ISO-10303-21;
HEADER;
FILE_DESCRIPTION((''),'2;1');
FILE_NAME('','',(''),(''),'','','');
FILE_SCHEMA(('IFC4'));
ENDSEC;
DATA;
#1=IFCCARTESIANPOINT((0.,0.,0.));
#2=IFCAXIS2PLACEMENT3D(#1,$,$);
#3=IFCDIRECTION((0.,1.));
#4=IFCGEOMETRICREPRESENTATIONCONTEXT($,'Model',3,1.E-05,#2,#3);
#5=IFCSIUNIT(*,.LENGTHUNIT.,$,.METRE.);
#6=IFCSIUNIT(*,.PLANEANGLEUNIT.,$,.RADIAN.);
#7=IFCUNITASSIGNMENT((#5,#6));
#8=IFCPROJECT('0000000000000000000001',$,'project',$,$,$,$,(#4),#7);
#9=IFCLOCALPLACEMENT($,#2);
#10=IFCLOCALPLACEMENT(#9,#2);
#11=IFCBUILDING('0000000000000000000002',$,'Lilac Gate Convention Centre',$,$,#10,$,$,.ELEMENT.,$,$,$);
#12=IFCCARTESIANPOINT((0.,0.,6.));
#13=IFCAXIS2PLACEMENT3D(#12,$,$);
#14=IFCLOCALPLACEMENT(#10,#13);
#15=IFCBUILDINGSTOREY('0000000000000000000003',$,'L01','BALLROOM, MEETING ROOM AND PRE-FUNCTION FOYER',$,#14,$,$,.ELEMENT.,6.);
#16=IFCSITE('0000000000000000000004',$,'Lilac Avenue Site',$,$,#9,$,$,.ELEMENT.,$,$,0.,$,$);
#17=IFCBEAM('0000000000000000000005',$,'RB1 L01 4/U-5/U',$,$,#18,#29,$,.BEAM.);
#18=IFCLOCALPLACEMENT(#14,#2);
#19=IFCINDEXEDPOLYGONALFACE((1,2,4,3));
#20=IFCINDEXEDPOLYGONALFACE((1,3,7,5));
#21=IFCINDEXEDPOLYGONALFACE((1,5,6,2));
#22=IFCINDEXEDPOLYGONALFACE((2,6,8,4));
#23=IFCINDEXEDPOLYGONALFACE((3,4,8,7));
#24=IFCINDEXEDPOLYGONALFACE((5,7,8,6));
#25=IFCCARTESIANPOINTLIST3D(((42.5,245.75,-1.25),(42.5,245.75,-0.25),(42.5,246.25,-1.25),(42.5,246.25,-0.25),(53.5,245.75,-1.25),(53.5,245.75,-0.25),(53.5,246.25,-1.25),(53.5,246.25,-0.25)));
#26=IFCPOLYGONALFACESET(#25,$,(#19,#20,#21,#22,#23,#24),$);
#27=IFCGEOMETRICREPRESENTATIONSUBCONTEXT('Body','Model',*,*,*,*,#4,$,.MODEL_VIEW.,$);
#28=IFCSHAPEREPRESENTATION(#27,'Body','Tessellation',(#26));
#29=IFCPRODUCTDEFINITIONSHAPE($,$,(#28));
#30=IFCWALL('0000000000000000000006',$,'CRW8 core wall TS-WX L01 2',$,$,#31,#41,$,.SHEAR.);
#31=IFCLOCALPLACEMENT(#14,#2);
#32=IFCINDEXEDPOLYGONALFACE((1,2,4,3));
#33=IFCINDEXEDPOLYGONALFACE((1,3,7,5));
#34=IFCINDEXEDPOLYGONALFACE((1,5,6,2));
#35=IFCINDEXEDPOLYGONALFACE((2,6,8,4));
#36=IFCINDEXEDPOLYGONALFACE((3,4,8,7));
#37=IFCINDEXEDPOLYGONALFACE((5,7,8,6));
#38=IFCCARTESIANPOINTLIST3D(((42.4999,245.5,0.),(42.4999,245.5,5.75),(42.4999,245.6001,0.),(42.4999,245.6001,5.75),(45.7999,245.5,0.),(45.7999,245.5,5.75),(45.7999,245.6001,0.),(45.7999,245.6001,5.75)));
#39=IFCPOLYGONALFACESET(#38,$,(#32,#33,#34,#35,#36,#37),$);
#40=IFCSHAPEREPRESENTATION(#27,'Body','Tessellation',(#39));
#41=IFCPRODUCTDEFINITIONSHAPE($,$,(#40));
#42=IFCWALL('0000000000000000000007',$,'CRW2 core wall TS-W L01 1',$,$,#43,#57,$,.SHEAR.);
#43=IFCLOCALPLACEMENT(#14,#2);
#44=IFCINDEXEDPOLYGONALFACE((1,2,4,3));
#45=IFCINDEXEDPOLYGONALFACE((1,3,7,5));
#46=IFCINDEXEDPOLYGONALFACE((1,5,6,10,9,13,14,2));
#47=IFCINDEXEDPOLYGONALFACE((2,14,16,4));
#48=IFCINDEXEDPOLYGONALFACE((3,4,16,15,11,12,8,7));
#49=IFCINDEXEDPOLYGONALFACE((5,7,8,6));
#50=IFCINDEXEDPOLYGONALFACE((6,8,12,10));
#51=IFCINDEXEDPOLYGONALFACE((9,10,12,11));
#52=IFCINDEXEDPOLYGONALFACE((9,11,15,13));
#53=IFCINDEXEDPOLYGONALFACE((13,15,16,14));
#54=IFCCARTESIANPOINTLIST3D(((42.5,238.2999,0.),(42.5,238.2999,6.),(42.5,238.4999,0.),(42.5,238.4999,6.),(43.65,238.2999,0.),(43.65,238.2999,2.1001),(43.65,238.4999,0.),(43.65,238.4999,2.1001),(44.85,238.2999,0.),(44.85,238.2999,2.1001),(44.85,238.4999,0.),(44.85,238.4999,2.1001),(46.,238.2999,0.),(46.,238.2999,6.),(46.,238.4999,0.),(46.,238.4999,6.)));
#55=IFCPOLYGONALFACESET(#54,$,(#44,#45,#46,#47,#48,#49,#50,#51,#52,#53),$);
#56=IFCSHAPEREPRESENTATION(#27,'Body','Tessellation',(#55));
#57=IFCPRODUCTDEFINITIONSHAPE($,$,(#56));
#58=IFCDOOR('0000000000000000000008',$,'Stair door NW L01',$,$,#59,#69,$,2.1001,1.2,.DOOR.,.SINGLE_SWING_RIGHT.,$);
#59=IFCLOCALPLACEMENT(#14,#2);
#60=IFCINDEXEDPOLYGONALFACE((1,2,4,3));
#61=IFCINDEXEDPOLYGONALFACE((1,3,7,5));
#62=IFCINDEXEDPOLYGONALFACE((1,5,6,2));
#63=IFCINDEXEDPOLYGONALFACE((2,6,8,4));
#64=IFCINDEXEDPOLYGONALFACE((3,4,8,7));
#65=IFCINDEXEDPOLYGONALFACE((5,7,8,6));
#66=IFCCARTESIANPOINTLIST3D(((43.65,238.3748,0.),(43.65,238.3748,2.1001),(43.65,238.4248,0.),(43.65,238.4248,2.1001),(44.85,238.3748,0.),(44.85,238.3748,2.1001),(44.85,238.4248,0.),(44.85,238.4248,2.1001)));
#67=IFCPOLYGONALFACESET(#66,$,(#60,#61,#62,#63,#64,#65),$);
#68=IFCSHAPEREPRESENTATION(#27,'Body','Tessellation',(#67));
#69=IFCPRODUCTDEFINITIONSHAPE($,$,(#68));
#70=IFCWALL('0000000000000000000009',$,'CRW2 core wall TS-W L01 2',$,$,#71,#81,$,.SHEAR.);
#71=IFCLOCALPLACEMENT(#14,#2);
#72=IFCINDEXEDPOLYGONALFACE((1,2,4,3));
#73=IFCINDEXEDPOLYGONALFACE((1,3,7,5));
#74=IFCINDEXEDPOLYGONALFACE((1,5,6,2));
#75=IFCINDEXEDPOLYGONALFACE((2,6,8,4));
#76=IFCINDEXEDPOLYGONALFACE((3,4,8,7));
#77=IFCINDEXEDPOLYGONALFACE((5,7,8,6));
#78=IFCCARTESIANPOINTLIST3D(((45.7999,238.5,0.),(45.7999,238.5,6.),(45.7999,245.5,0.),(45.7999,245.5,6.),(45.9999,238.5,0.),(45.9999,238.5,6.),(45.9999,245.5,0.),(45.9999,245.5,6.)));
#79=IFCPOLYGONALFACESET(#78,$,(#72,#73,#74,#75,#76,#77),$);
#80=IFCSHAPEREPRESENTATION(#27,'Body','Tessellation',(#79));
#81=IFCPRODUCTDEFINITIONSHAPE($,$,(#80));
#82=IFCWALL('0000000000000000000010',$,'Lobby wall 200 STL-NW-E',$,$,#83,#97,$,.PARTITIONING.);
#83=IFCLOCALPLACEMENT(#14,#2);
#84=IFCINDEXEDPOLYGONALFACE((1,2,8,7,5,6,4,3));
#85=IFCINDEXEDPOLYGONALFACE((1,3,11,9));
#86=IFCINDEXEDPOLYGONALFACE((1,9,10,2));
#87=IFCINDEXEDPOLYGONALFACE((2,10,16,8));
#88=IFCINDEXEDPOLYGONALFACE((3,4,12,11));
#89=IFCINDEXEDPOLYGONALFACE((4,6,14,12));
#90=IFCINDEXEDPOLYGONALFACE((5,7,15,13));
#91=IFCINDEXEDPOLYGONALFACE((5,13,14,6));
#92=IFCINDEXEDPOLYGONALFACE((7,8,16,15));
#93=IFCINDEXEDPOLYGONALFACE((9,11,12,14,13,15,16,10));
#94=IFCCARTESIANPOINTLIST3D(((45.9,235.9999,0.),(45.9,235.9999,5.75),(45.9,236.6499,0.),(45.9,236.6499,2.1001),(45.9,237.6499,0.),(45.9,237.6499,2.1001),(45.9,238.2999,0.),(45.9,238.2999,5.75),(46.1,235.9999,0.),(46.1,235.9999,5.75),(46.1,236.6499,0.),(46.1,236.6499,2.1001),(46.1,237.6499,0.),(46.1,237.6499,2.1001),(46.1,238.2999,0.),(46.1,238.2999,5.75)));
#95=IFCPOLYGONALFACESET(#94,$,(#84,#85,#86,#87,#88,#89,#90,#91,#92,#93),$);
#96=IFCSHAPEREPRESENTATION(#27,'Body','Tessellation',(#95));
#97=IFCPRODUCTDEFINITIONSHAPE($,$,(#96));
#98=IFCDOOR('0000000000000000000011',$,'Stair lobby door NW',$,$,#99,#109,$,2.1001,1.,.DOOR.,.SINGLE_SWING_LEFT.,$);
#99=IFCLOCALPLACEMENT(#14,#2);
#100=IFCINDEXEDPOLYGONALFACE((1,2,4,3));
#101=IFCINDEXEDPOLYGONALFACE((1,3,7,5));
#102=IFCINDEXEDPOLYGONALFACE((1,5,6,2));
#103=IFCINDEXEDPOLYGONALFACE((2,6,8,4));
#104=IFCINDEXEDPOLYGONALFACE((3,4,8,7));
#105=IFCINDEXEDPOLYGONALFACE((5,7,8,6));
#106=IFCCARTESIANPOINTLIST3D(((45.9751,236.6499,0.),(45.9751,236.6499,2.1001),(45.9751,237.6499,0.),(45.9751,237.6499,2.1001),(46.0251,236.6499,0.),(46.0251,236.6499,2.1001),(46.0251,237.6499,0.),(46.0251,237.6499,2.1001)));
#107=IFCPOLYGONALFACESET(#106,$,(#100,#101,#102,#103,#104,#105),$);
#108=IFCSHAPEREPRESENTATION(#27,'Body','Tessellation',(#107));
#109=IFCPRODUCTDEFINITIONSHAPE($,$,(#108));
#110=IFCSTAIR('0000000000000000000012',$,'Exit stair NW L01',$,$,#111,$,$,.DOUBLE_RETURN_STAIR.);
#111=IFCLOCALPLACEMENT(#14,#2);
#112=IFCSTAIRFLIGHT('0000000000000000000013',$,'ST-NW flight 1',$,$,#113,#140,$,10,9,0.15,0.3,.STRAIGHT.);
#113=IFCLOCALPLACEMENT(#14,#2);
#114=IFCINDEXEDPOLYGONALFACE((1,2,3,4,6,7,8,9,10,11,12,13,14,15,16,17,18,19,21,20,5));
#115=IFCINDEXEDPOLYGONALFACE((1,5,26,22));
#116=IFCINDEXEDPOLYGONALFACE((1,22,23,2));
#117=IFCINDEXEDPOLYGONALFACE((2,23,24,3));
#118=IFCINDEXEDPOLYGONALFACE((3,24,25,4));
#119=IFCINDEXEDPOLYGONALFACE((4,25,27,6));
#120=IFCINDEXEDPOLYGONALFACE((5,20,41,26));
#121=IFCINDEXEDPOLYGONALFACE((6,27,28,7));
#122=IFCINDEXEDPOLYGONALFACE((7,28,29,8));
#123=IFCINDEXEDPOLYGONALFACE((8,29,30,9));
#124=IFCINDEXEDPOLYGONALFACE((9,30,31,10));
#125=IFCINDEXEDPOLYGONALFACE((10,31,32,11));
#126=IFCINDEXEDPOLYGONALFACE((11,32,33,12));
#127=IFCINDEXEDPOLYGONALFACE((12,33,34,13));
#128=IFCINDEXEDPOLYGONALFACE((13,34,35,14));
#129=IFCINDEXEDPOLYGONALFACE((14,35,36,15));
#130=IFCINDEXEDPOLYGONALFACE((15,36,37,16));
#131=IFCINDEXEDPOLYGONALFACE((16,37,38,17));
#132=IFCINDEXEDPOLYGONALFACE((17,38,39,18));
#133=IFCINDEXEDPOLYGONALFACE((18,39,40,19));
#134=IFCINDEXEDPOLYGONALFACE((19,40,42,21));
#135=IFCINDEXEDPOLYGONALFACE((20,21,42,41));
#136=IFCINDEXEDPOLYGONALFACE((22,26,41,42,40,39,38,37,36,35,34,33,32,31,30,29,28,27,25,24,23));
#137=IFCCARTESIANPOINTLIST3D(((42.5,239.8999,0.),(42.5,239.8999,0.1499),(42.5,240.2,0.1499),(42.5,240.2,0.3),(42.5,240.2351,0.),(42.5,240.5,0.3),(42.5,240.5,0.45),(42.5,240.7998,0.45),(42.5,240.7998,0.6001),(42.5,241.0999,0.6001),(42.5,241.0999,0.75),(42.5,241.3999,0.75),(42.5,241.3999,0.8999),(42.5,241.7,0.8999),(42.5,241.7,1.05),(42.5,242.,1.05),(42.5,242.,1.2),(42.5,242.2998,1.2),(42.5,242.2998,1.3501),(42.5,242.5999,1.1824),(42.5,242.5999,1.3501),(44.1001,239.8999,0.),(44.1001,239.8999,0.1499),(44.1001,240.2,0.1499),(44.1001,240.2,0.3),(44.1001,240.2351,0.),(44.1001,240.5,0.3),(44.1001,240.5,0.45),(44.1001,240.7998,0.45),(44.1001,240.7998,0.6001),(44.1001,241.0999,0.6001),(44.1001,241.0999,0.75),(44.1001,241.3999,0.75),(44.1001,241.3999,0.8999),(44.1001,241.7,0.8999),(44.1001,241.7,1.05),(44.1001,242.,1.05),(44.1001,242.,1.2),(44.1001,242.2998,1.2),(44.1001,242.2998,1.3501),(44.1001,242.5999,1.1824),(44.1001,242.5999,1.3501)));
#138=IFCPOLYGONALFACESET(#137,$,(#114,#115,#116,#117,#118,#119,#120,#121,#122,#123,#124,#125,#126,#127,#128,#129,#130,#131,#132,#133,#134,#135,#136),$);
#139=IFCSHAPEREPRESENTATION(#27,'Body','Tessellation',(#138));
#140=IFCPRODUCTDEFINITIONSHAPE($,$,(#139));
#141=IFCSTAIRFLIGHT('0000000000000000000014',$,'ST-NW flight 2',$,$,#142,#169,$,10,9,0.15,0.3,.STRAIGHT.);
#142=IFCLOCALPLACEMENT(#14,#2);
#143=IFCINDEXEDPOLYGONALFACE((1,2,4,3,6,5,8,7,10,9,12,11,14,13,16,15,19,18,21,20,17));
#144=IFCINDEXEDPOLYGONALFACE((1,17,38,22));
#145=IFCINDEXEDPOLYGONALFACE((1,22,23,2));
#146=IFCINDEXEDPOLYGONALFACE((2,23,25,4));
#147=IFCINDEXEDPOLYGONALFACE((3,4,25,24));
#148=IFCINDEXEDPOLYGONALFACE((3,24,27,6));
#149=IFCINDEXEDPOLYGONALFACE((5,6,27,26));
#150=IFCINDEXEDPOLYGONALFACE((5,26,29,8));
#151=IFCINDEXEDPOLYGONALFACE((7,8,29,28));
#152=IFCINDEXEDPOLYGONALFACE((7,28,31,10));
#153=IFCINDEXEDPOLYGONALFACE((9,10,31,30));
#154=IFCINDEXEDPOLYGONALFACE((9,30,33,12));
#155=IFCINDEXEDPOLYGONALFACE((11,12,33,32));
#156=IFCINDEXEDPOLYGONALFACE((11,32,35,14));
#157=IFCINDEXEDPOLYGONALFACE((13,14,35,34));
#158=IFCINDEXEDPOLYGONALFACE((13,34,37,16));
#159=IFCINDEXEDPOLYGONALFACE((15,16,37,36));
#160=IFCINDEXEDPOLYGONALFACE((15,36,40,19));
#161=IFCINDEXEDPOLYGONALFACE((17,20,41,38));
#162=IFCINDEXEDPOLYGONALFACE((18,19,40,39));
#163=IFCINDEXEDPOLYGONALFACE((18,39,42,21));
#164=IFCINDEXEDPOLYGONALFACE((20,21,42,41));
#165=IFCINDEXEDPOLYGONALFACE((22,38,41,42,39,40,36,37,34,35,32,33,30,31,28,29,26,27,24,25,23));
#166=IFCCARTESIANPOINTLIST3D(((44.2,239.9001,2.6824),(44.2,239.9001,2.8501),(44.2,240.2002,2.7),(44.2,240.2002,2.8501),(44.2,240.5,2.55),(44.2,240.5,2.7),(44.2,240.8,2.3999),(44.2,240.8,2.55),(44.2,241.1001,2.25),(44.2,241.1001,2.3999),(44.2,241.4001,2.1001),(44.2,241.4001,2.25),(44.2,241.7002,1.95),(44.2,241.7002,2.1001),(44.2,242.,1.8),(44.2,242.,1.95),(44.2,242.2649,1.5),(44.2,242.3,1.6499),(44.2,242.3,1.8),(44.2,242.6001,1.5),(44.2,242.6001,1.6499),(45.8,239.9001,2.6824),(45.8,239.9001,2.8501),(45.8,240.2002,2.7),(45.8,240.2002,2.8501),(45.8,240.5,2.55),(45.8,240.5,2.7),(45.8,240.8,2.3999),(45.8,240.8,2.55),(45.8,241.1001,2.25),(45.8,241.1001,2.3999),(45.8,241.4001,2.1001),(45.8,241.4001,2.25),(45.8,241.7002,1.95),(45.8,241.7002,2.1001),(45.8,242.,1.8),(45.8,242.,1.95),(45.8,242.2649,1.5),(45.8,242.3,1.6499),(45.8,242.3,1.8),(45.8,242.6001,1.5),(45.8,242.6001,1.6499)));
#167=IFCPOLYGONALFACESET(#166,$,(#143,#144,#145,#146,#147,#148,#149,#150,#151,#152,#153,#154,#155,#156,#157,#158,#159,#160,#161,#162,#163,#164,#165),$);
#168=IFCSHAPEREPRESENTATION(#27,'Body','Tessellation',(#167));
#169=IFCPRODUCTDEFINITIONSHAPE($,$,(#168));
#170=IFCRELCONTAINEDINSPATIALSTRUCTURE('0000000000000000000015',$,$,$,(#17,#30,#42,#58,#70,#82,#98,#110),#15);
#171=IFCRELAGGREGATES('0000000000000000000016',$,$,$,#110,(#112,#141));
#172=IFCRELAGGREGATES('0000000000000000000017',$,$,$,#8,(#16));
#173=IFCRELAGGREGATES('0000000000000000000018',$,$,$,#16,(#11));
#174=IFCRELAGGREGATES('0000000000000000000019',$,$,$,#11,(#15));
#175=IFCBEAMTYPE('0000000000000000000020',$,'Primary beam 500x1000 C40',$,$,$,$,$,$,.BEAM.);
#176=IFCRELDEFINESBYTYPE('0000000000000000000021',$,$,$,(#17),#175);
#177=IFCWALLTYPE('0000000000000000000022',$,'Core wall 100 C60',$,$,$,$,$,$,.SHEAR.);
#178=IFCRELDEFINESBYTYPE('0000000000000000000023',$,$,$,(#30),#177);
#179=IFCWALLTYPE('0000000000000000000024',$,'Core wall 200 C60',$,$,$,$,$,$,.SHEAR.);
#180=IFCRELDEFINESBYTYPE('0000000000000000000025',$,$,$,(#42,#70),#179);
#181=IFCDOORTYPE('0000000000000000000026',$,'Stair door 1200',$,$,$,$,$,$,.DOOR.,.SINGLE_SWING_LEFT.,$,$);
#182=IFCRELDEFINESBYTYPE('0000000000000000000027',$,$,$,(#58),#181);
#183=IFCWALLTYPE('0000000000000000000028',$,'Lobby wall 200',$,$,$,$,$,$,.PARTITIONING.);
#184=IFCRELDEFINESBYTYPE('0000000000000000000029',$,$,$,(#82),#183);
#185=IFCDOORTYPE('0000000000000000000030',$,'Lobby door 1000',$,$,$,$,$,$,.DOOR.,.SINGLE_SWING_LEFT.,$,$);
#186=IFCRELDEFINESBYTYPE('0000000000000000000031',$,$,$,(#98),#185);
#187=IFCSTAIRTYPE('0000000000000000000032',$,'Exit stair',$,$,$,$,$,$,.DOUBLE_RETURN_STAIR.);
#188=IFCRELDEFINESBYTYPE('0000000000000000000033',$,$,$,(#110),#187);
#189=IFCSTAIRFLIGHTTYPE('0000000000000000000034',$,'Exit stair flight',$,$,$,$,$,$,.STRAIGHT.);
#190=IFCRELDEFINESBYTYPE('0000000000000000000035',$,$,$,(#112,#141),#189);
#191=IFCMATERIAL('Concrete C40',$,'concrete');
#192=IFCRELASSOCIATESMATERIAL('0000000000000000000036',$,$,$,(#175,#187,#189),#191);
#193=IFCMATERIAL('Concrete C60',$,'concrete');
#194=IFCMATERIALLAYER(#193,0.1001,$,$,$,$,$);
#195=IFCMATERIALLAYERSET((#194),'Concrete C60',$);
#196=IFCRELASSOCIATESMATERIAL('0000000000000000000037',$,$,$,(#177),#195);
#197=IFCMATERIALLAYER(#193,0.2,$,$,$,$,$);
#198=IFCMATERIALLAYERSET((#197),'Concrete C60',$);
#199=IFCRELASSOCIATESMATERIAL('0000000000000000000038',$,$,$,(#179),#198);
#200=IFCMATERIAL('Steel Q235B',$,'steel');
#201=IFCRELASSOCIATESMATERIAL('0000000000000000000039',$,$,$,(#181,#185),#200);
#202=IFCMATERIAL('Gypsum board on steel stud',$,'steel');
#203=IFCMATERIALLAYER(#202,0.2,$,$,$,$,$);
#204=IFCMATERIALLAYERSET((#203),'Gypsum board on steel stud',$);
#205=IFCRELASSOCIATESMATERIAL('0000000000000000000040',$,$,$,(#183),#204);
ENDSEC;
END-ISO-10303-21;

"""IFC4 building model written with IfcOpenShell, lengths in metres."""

from ifc_helpers import new_model, si_unit, direction, frame, frame_2d, origin, origin_2d, place, context, subcontext, project, spatial, polyline, rectangle, outline, extrude, material, layer, layer_set, material_profile, profile_set, type_object, element, fill, aggregate, save


model = new_model("IFC4")

# Units and contexts
model_context = context("Model", 3, precision=1e-05, world=origin(), true_north=direction((0.0, 1.0)))
body_context = subcontext(model_context, "Body", "Model", "MODEL_VIEW")
ifc_project = project(units=[si_unit("LENGTHUNIT", "METRE"), si_unit("PLANEANGLEUNIT", "RADIAN")], contexts=[model_context])

# Site, building, storey
site_placement = place(None, origin())
site = spatial("IfcSite", under=ifc_project, at=site_placement, Name="Lilac Avenue Site", CompositionType="ELEMENT", RefElevation=0.0)
building_placement = place(site_placement, origin())
building = spatial("IfcBuilding", under=site, at=building_placement, Name="Lilac Gate Convention Centre", CompositionType="ELEMENT")
storey_placement = place(building_placement, frame((0.0, 0.0, 6.0)))
storey = spatial("IfcBuildingStorey", under=building, at=storey_placement, Name="L01", Description="BALLROOM, MEETING ROOM AND PRE-FUNCTION FOYER", CompositionType="ELEMENT", Elevation=6.0)

# Beam
ifc_material_1 = material(Name="Concrete C40", Category="concrete")
ifc_material_profile = material_profile(ifc_material_1, rectangle(XDim=0.5, YDim=1.0, at=origin_2d()), Name="RC 500x1000")
ifc_profile_set = profile_set([ifc_material_profile], Name="Concrete C40")
beam_type = type_object("IfcBeamType", Name="Primary beam 500x1000 C40", PredefinedType="BEAM", material=ifc_profile_set)
beam_placement = place(storey_placement, frame((42.5, 246.0, -0.75), z_axis=(1.0, 0.0, 0.0), x_axis=(0.0, 1.0, 0.0)))
element("IfcBeam", 1, at=beam_placement, inside=storey, type_object=beam_type, Name="RB1 L01 4/U-5/U", PredefinedType="BEAM", context=body_context, shape_type="SweptSolid", body=[
    extrude(rectangle(XDim=0.5, YDim=1.0, at=origin_2d()), origin(), (0.0, 0.0, 1.0), 11.0),
])

# Wall
ifc_material_2 = material(Name="Concrete C60", Category="concrete")
ifc_layer_1 = layer(ifc_material_2, 0.1001)
ifc_layer_set_1 = layer_set([ifc_layer_1], Name="Concrete C60")
wall_type_1 = type_object("IfcWallType", Name="Core wall 100 C60", PredefinedType="SHEAR", material=ifc_layer_set_1)
wall_1_placement = place(storey_placement, frame((42.5, 245.55, 0.0), z_axis=(0.0, 0.0, 1.0), x_axis=(1.0, 0.0, 0.0)))
element("IfcWall", 2, at=wall_1_placement, inside=storey, type_object=wall_type_1, Name="CRW8 core wall TS-WX L01 2", PredefinedType="SHEAR", context=body_context, shape_type="SweptSolid", body=[
    extrude(rectangle(XDim=3.3, YDim=0.1001, at=frame_2d((1.6499, 0.0))), origin(), (0.0, 0.0, 1.0), 5.75),
])

# Wall, opening, door
ifc_layer_2 = layer(ifc_material_2, 0.2)
ifc_layer_set_2 = layer_set([ifc_layer_2], Name="Concrete C60")
wall_type_2 = type_object("IfcWallType", Name="Core wall 200 C60", PredefinedType="SHEAR", material=ifc_layer_set_2)
wall_2_placement = place(storey_placement, frame((42.5, 238.3999, 0.0), z_axis=(0.0, 0.0, 1.0), x_axis=(1.0, 0.0, 0.0)))
wall_2 = element("IfcWall", 3, at=wall_2_placement, inside=storey, type_object=wall_type_2, Name="CRW2 core wall TS-W L01 1", PredefinedType="SHEAR", context=body_context, shape_type="SweptSolid", body=[
    extrude(rectangle(XDim=3.5, YDim=0.2, at=frame_2d((1.75, 0.0))), origin(), (0.0, 0.0, 1.0), 6.0),
])
opening_1_placement = place(wall_2_placement, frame((1.1499, 0.0, 0.0)))
opening_1 = element("IfcOpeningElement", 4, at=opening_1_placement, cuts=wall_2, PredefinedType="OPENING", context=body_context, shape_type="SweptSolid", body=[
    extrude(rectangle(XDim=1.2, YDim=2.1001, at=frame_2d((0.6001, 1.05))), frame((0.0, 0.1099, 0.0), z_axis=(0.0, -1.0, 0.0), x_axis=(1.0, 0.0, 0.0)), (0.0, 0.0, 1.0), 0.22),
])
ifc_material_3 = material(Name="Steel Q235B", Category="steel")
door_type_1 = type_object("IfcDoorType", Name="Stair door 1200", OperationType="SINGLE_SWING_LEFT", PredefinedType="DOOR", material=ifc_material_3)
door_1_placement = place(opening_1_placement, origin())
door_1 = element("IfcDoor", 5, at=door_1_placement, inside=storey, type_object=door_type_1, Name="Stair door NW L01", OperationType="SINGLE_SWING_RIGHT", OverallHeight=2.1001, OverallWidth=1.2, PredefinedType="DOOR", context=body_context, shape_type="SweptSolid", body=[
    extrude(rectangle(XDim=1.2, YDim=2.1001, at=frame_2d((0.6001, 1.05))), frame((0.0, 0.0249, 0.0), z_axis=(0.0, -1.0, 0.0), x_axis=(1.0, 0.0, 0.0)), (0.0, 0.0, 1.0), 0.05),
])
fill(opening_1, door_1)

# Wall
wall_3_placement = place(storey_placement, frame((45.8999, 238.5, 0.0), z_axis=(0.0, 0.0, 1.0), x_axis=(0.0, 1.0, 0.0)))
element("IfcWall", 6, at=wall_3_placement, inside=storey, type_object=wall_type_2, Name="CRW2 core wall TS-W L01 2", PredefinedType="SHEAR", context=body_context, shape_type="SweptSolid", body=[
    extrude(rectangle(XDim=7.0, YDim=0.2, at=frame_2d((3.5, 0.0))), origin(), (0.0, 0.0, 1.0), 6.0),
])

# Wall, opening, door
ifc_material_4 = material(Name="Gypsum board on steel stud", Category="steel")
ifc_layer_3 = layer(ifc_material_4, 0.2)
ifc_layer_set_3 = layer_set([ifc_layer_3], Name="Gypsum board on steel stud")
wall_type_3 = type_object("IfcWallType", Name="Lobby wall 200", PredefinedType="PARTITIONING", material=ifc_layer_set_3)
wall_4_placement = place(storey_placement, frame((46.0, 236.0, 0.0), z_axis=(0.0, 0.0, 1.0), x_axis=(0.0, 1.0, 0.0)))
wall_4 = element("IfcWall", 7, at=wall_4_placement, inside=storey, type_object=wall_type_3, Name="Lobby wall 200 STL-NW-E", PredefinedType="PARTITIONING", context=body_context, shape_type="SweptSolid", body=[
    extrude(rectangle(XDim=2.3, YDim=0.2, at=frame_2d((1.1499, 0.0))), origin(), (0.0, 0.0, 1.0), 5.75),
])
opening_2_placement = place(wall_4_placement, frame((0.6499, 0.0, 0.0)))
opening_2 = element("IfcOpeningElement", 8, at=opening_2_placement, cuts=wall_4, PredefinedType="OPENING", context=body_context, shape_type="SweptSolid", body=[
    extrude(rectangle(XDim=1.0, YDim=2.1001, at=frame_2d((0.5, 1.05))), frame((0.0, 0.1099, 0.0), z_axis=(0.0, -1.0, 0.0), x_axis=(1.0, 0.0, 0.0)), (0.0, 0.0, 1.0), 0.22),
])
door_type_2 = type_object("IfcDoorType", Name="Lobby door 1000", OperationType="SINGLE_SWING_LEFT", PredefinedType="DOOR", material=ifc_material_3)
door_2_placement = place(opening_2_placement, origin())
door_2 = element("IfcDoor", 9, at=door_2_placement, inside=storey, type_object=door_type_2, Name="Stair lobby door NW", OperationType="SINGLE_SWING_LEFT", OverallHeight=2.1001, OverallWidth=1.0, PredefinedType="DOOR", context=body_context, shape_type="SweptSolid", body=[
    extrude(rectangle(XDim=1.0, YDim=2.1001, at=frame_2d((0.5, 1.05))), frame((0.0, 0.0249, 0.0), z_axis=(0.0, -1.0, 0.0), x_axis=(1.0, 0.0, 0.0)), (0.0, 0.0, 1.0), 0.05),
])
fill(opening_2, door_2)

# Stair, stair flights
stair_type = type_object("IfcStairType", Name="Exit stair", PredefinedType="DOUBLE_RETURN_STAIR", material=ifc_material_1)
stair_placement = place(storey_placement, origin())
stair = element("IfcStair", 10, at=stair_placement, inside=storey, type_object=stair_type, Name="Exit stair NW L01", PredefinedType="DOUBLE_RETURN_STAIR")
stair_flight_type = type_object("IfcStairFlightType", Name="Exit stair flight", PredefinedType="STRAIGHT", material=ifc_material_1)
stair_flight_1_placement = place(storey_placement, frame((43.3, 239.8999, 0.0), z_axis=(0.0, 0.0, 1.0), x_axis=(0.0, 1.0, 0.0)))
stair_flight_1 = element("IfcStairFlight", 11, at=stair_flight_1_placement, type_object=stair_flight_type, Name="ST-NW flight 1", NumberOfRisers=10, NumberOfTreads=9, PredefinedType="STRAIGHT", RiserHeight=0.15, TreadLength=0.3, context=body_context, shape_type="SweptSolid", body=[
    extrude(outline(polyline([(0.0, 0.0), (0.0, 0.1499), (0.3, 0.1499), (0.3, 0.3), (0.6001, 0.3), (0.6001, 0.45), (0.8999, 0.45), (0.8999, 0.6001), (1.2, 0.6001), (1.2, 0.75), (1.5, 0.75), (1.5, 0.8999), (1.8, 0.8999), (1.8, 1.05), (2.1001, 1.05), (2.1001, 1.2), (2.3999, 1.2), (2.3999, 1.3501), (2.7, 1.3501), (2.7, 1.5), (2.7, 1.1824), (0.3352, 0.0), (0.0, 0.0)])), frame((0.0, 0.8, 0.0), z_axis=(0.0, -1.0, 0.0), x_axis=(1.0, 0.0, 0.0)), (0.0, 0.0, 1.0), 1.6001),
])
stair_flight_2_placement = place(storey_placement, frame((45.0, 242.6001, 1.5), z_axis=(0.0, 0.0, 1.0), x_axis=(0.0, -1.0, 0.0)))
stair_flight_2 = element("IfcStairFlight", 12, at=stair_flight_2_placement, type_object=stair_flight_type, Name="ST-NW flight 2", NumberOfRisers=10, NumberOfTreads=9, PredefinedType="STRAIGHT", RiserHeight=0.15, TreadLength=0.3, context=body_context, shape_type="SweptSolid", body=[
    extrude(outline(polyline([(0.0, 0.0), (0.0, 0.1499), (0.3, 0.1499), (0.3, 0.3), (0.6001, 0.3), (0.6001, 0.45), (0.8999, 0.45), (0.8999, 0.6001), (1.2, 0.6001), (1.2, 0.75), (1.5, 0.75), (1.5, 0.8999), (1.8, 0.8999), (1.8, 1.05), (2.1001, 1.05), (2.1001, 1.2), (2.3999, 1.2), (2.3999, 1.3501), (2.7, 1.3501), (2.7, 1.5), (2.7, 1.1824), (0.3352, 0.0), (0.0, 0.0)])), frame((0.0, 0.8, 0.0), z_axis=(0.0, -1.0, 0.0), x_axis=(1.0, 0.0, 0.0)), (0.0, 0.0, 1.0), 1.6001),
])
aggregate(stair, [stair_flight_1, stair_flight_2])

save(model, "model.ifc")
